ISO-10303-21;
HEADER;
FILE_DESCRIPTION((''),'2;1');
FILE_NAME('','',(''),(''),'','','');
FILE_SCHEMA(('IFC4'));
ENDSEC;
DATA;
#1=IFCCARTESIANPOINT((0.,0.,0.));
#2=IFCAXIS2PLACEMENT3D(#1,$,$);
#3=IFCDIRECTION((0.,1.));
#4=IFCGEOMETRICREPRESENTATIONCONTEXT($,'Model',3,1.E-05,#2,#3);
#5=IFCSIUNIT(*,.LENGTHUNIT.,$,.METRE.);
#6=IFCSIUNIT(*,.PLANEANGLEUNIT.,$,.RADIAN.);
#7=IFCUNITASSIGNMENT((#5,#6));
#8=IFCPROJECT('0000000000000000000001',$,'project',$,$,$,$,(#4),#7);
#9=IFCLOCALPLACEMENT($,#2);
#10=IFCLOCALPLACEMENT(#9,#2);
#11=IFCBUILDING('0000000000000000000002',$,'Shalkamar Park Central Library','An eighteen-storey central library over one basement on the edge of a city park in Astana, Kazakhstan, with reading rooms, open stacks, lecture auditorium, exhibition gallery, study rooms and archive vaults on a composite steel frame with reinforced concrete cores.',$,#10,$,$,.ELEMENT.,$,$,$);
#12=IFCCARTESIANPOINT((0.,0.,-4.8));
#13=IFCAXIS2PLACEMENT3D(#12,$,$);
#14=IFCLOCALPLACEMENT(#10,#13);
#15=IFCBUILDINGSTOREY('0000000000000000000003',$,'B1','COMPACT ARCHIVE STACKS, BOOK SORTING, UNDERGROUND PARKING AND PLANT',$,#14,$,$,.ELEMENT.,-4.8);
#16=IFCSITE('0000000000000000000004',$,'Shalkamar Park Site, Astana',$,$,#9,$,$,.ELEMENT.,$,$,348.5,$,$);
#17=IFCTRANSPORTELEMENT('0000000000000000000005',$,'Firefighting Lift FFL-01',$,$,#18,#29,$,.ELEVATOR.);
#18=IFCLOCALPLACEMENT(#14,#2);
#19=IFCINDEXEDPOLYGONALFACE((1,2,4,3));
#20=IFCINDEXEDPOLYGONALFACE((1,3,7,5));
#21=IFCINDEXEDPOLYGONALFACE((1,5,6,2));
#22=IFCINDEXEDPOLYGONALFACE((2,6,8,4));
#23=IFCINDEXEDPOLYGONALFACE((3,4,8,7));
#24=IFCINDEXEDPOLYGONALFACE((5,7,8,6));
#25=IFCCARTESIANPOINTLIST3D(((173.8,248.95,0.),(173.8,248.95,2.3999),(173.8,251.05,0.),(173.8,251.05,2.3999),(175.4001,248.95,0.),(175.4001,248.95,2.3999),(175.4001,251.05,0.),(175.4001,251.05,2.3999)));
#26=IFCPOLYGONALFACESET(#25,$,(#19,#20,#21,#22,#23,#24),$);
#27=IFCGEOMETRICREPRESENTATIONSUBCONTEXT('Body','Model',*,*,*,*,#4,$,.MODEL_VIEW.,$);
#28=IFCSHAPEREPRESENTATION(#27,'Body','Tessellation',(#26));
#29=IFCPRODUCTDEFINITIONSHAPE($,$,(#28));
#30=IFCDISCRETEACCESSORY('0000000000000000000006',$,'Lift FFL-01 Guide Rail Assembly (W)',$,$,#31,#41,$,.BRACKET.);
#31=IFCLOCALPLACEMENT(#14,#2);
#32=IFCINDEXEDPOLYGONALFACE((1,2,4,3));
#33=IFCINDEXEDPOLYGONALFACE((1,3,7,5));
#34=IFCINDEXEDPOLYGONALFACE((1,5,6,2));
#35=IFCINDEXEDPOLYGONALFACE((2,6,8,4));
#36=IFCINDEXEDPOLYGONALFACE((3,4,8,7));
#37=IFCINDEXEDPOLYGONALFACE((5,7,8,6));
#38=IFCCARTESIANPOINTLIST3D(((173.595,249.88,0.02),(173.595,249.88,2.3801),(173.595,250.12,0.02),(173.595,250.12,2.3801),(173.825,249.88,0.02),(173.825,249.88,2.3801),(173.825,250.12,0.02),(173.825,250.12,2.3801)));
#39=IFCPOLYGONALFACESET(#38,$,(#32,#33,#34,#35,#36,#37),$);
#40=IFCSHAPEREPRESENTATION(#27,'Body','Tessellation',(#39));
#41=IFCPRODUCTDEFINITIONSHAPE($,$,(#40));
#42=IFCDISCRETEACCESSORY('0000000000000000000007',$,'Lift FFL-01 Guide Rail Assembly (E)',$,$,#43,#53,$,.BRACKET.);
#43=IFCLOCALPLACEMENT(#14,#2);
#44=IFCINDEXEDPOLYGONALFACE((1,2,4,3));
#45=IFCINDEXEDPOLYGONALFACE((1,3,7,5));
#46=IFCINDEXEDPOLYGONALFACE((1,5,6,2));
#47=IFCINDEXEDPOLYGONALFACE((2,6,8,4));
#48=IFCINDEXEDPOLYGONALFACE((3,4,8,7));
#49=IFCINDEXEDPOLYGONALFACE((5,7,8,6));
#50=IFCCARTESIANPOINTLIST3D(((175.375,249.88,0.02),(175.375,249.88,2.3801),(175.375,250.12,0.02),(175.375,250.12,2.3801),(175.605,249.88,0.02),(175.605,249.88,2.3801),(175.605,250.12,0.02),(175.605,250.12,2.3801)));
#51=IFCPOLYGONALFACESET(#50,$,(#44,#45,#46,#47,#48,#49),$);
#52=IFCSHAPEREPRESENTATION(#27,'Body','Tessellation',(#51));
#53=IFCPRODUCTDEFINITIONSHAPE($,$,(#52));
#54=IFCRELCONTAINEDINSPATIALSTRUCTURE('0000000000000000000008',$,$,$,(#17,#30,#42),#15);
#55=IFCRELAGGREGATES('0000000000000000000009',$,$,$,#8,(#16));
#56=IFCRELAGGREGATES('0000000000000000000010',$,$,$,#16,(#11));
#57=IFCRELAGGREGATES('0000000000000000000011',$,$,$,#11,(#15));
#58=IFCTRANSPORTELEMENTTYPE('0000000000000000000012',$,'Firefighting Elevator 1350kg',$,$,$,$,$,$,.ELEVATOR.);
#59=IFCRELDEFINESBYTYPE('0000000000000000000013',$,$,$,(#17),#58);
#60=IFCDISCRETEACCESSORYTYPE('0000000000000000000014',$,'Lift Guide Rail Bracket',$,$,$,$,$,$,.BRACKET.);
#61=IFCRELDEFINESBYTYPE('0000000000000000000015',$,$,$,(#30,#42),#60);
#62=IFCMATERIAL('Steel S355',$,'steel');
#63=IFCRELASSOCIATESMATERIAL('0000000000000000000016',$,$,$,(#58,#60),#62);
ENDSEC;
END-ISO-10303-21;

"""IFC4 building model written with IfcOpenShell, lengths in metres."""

from ifc_helpers import new_model, si_unit, direction, frame, origin, origin_2d, place, context, subcontext, project, spatial, rectangle, extrude, material, type_object, element, save


model = new_model("IFC4")

# Units and contexts
model_context = context("Model", 3, precision=1e-05, world=origin(), true_north=direction((0.0, 1.0)))
body_context = subcontext(model_context, "Body", "Model", "MODEL_VIEW")
ifc_project = project(units=[si_unit("LENGTHUNIT", "METRE"), si_unit("PLANEANGLEUNIT", "RADIAN")], contexts=[model_context])

# Site, building, storey
site_placement = place(None, origin())
site = spatial("IfcSite", under=ifc_project, at=site_placement, Name="Shalkamar Park Site, Astana", CompositionType="ELEMENT", RefElevation=348.5)
building_placement = place(site_placement, origin())
building = spatial("IfcBuilding", under=site, at=building_placement, Name="Shalkamar Park Central Library", Description="An eighteen-storey central library over one basement on the edge of a city park in Astana, Kazakhstan, with reading rooms, open stacks, lecture auditorium, exhibition gallery, study rooms and archive vaults on a composite steel frame with reinforced concrete cores.", CompositionType="ELEMENT")
storey_placement = place(building_placement, frame((0.0, 0.0, -4.8)))
storey = spatial("IfcBuildingStorey", under=building, at=storey_placement, Name="B1", Description="COMPACT ARCHIVE STACKS, BOOK SORTING, UNDERGROUND PARKING AND PLANT", CompositionType="ELEMENT", Elevation=-4.8)

# Shared definitions
ifc_material_1 = material(Name="Steel S355", Category="steel")

# Transport element
transport_element_type = type_object("IfcTransportElementType", Name="Firefighting Elevator 1350kg", PredefinedType="ELEVATOR", material=ifc_material_1)
transport_element_placement = place(storey_placement, frame((174.6001, 250.0, 0.0), z_axis=(0.0, 0.0, 1.0), x_axis=(1.0, 0.0, 0.0)))
element("IfcTransportElement", 1, at=transport_element_placement, inside=storey, type_object=transport_element_type, Name="Firefighting Lift FFL-01", PredefinedType="ELEVATOR", context=body_context, shape_type="SweptSolid", body=[
    extrude(rectangle(XDim=1.6001, YDim=2.1001, at=origin_2d()), origin(), (0.0, 0.0, 1.0), 2.3999),
])

# Discrete accessories
discrete_accessory_type = type_object("IfcDiscreteAccessoryType", Name="Lift Guide Rail Bracket", PredefinedType="BRACKET", material=ifc_material_1)
for number, where, z_axis, x_axis, name in (
    (2, (173.71, 250.0, 0.02), (0.0, 0.0, 1.0), (1.0, 0.0, 0.0), "Lift FFL-01 Guide Rail Assembly (W)"),
    (3, (175.49, 250.0, 0.02), (0.0, 0.0, 1.0), (1.0, 0.0, 0.0), "Lift FFL-01 Guide Rail Assembly (E)"),
):
    element("IfcDiscreteAccessory", number, at=place(storey_placement, frame(where, z_axis=z_axis, x_axis=x_axis)), inside=storey, type_object=discrete_accessory_type, Name=name, PredefinedType="BRACKET", context=body_context, shape_type="SweptSolid", body=[
        extrude(rectangle(XDim=0.23, YDim=0.24, at=origin_2d()), origin(), (0.0, 0.0, 1.0), 2.3601),
    ])

save(model, "model.ifc")
